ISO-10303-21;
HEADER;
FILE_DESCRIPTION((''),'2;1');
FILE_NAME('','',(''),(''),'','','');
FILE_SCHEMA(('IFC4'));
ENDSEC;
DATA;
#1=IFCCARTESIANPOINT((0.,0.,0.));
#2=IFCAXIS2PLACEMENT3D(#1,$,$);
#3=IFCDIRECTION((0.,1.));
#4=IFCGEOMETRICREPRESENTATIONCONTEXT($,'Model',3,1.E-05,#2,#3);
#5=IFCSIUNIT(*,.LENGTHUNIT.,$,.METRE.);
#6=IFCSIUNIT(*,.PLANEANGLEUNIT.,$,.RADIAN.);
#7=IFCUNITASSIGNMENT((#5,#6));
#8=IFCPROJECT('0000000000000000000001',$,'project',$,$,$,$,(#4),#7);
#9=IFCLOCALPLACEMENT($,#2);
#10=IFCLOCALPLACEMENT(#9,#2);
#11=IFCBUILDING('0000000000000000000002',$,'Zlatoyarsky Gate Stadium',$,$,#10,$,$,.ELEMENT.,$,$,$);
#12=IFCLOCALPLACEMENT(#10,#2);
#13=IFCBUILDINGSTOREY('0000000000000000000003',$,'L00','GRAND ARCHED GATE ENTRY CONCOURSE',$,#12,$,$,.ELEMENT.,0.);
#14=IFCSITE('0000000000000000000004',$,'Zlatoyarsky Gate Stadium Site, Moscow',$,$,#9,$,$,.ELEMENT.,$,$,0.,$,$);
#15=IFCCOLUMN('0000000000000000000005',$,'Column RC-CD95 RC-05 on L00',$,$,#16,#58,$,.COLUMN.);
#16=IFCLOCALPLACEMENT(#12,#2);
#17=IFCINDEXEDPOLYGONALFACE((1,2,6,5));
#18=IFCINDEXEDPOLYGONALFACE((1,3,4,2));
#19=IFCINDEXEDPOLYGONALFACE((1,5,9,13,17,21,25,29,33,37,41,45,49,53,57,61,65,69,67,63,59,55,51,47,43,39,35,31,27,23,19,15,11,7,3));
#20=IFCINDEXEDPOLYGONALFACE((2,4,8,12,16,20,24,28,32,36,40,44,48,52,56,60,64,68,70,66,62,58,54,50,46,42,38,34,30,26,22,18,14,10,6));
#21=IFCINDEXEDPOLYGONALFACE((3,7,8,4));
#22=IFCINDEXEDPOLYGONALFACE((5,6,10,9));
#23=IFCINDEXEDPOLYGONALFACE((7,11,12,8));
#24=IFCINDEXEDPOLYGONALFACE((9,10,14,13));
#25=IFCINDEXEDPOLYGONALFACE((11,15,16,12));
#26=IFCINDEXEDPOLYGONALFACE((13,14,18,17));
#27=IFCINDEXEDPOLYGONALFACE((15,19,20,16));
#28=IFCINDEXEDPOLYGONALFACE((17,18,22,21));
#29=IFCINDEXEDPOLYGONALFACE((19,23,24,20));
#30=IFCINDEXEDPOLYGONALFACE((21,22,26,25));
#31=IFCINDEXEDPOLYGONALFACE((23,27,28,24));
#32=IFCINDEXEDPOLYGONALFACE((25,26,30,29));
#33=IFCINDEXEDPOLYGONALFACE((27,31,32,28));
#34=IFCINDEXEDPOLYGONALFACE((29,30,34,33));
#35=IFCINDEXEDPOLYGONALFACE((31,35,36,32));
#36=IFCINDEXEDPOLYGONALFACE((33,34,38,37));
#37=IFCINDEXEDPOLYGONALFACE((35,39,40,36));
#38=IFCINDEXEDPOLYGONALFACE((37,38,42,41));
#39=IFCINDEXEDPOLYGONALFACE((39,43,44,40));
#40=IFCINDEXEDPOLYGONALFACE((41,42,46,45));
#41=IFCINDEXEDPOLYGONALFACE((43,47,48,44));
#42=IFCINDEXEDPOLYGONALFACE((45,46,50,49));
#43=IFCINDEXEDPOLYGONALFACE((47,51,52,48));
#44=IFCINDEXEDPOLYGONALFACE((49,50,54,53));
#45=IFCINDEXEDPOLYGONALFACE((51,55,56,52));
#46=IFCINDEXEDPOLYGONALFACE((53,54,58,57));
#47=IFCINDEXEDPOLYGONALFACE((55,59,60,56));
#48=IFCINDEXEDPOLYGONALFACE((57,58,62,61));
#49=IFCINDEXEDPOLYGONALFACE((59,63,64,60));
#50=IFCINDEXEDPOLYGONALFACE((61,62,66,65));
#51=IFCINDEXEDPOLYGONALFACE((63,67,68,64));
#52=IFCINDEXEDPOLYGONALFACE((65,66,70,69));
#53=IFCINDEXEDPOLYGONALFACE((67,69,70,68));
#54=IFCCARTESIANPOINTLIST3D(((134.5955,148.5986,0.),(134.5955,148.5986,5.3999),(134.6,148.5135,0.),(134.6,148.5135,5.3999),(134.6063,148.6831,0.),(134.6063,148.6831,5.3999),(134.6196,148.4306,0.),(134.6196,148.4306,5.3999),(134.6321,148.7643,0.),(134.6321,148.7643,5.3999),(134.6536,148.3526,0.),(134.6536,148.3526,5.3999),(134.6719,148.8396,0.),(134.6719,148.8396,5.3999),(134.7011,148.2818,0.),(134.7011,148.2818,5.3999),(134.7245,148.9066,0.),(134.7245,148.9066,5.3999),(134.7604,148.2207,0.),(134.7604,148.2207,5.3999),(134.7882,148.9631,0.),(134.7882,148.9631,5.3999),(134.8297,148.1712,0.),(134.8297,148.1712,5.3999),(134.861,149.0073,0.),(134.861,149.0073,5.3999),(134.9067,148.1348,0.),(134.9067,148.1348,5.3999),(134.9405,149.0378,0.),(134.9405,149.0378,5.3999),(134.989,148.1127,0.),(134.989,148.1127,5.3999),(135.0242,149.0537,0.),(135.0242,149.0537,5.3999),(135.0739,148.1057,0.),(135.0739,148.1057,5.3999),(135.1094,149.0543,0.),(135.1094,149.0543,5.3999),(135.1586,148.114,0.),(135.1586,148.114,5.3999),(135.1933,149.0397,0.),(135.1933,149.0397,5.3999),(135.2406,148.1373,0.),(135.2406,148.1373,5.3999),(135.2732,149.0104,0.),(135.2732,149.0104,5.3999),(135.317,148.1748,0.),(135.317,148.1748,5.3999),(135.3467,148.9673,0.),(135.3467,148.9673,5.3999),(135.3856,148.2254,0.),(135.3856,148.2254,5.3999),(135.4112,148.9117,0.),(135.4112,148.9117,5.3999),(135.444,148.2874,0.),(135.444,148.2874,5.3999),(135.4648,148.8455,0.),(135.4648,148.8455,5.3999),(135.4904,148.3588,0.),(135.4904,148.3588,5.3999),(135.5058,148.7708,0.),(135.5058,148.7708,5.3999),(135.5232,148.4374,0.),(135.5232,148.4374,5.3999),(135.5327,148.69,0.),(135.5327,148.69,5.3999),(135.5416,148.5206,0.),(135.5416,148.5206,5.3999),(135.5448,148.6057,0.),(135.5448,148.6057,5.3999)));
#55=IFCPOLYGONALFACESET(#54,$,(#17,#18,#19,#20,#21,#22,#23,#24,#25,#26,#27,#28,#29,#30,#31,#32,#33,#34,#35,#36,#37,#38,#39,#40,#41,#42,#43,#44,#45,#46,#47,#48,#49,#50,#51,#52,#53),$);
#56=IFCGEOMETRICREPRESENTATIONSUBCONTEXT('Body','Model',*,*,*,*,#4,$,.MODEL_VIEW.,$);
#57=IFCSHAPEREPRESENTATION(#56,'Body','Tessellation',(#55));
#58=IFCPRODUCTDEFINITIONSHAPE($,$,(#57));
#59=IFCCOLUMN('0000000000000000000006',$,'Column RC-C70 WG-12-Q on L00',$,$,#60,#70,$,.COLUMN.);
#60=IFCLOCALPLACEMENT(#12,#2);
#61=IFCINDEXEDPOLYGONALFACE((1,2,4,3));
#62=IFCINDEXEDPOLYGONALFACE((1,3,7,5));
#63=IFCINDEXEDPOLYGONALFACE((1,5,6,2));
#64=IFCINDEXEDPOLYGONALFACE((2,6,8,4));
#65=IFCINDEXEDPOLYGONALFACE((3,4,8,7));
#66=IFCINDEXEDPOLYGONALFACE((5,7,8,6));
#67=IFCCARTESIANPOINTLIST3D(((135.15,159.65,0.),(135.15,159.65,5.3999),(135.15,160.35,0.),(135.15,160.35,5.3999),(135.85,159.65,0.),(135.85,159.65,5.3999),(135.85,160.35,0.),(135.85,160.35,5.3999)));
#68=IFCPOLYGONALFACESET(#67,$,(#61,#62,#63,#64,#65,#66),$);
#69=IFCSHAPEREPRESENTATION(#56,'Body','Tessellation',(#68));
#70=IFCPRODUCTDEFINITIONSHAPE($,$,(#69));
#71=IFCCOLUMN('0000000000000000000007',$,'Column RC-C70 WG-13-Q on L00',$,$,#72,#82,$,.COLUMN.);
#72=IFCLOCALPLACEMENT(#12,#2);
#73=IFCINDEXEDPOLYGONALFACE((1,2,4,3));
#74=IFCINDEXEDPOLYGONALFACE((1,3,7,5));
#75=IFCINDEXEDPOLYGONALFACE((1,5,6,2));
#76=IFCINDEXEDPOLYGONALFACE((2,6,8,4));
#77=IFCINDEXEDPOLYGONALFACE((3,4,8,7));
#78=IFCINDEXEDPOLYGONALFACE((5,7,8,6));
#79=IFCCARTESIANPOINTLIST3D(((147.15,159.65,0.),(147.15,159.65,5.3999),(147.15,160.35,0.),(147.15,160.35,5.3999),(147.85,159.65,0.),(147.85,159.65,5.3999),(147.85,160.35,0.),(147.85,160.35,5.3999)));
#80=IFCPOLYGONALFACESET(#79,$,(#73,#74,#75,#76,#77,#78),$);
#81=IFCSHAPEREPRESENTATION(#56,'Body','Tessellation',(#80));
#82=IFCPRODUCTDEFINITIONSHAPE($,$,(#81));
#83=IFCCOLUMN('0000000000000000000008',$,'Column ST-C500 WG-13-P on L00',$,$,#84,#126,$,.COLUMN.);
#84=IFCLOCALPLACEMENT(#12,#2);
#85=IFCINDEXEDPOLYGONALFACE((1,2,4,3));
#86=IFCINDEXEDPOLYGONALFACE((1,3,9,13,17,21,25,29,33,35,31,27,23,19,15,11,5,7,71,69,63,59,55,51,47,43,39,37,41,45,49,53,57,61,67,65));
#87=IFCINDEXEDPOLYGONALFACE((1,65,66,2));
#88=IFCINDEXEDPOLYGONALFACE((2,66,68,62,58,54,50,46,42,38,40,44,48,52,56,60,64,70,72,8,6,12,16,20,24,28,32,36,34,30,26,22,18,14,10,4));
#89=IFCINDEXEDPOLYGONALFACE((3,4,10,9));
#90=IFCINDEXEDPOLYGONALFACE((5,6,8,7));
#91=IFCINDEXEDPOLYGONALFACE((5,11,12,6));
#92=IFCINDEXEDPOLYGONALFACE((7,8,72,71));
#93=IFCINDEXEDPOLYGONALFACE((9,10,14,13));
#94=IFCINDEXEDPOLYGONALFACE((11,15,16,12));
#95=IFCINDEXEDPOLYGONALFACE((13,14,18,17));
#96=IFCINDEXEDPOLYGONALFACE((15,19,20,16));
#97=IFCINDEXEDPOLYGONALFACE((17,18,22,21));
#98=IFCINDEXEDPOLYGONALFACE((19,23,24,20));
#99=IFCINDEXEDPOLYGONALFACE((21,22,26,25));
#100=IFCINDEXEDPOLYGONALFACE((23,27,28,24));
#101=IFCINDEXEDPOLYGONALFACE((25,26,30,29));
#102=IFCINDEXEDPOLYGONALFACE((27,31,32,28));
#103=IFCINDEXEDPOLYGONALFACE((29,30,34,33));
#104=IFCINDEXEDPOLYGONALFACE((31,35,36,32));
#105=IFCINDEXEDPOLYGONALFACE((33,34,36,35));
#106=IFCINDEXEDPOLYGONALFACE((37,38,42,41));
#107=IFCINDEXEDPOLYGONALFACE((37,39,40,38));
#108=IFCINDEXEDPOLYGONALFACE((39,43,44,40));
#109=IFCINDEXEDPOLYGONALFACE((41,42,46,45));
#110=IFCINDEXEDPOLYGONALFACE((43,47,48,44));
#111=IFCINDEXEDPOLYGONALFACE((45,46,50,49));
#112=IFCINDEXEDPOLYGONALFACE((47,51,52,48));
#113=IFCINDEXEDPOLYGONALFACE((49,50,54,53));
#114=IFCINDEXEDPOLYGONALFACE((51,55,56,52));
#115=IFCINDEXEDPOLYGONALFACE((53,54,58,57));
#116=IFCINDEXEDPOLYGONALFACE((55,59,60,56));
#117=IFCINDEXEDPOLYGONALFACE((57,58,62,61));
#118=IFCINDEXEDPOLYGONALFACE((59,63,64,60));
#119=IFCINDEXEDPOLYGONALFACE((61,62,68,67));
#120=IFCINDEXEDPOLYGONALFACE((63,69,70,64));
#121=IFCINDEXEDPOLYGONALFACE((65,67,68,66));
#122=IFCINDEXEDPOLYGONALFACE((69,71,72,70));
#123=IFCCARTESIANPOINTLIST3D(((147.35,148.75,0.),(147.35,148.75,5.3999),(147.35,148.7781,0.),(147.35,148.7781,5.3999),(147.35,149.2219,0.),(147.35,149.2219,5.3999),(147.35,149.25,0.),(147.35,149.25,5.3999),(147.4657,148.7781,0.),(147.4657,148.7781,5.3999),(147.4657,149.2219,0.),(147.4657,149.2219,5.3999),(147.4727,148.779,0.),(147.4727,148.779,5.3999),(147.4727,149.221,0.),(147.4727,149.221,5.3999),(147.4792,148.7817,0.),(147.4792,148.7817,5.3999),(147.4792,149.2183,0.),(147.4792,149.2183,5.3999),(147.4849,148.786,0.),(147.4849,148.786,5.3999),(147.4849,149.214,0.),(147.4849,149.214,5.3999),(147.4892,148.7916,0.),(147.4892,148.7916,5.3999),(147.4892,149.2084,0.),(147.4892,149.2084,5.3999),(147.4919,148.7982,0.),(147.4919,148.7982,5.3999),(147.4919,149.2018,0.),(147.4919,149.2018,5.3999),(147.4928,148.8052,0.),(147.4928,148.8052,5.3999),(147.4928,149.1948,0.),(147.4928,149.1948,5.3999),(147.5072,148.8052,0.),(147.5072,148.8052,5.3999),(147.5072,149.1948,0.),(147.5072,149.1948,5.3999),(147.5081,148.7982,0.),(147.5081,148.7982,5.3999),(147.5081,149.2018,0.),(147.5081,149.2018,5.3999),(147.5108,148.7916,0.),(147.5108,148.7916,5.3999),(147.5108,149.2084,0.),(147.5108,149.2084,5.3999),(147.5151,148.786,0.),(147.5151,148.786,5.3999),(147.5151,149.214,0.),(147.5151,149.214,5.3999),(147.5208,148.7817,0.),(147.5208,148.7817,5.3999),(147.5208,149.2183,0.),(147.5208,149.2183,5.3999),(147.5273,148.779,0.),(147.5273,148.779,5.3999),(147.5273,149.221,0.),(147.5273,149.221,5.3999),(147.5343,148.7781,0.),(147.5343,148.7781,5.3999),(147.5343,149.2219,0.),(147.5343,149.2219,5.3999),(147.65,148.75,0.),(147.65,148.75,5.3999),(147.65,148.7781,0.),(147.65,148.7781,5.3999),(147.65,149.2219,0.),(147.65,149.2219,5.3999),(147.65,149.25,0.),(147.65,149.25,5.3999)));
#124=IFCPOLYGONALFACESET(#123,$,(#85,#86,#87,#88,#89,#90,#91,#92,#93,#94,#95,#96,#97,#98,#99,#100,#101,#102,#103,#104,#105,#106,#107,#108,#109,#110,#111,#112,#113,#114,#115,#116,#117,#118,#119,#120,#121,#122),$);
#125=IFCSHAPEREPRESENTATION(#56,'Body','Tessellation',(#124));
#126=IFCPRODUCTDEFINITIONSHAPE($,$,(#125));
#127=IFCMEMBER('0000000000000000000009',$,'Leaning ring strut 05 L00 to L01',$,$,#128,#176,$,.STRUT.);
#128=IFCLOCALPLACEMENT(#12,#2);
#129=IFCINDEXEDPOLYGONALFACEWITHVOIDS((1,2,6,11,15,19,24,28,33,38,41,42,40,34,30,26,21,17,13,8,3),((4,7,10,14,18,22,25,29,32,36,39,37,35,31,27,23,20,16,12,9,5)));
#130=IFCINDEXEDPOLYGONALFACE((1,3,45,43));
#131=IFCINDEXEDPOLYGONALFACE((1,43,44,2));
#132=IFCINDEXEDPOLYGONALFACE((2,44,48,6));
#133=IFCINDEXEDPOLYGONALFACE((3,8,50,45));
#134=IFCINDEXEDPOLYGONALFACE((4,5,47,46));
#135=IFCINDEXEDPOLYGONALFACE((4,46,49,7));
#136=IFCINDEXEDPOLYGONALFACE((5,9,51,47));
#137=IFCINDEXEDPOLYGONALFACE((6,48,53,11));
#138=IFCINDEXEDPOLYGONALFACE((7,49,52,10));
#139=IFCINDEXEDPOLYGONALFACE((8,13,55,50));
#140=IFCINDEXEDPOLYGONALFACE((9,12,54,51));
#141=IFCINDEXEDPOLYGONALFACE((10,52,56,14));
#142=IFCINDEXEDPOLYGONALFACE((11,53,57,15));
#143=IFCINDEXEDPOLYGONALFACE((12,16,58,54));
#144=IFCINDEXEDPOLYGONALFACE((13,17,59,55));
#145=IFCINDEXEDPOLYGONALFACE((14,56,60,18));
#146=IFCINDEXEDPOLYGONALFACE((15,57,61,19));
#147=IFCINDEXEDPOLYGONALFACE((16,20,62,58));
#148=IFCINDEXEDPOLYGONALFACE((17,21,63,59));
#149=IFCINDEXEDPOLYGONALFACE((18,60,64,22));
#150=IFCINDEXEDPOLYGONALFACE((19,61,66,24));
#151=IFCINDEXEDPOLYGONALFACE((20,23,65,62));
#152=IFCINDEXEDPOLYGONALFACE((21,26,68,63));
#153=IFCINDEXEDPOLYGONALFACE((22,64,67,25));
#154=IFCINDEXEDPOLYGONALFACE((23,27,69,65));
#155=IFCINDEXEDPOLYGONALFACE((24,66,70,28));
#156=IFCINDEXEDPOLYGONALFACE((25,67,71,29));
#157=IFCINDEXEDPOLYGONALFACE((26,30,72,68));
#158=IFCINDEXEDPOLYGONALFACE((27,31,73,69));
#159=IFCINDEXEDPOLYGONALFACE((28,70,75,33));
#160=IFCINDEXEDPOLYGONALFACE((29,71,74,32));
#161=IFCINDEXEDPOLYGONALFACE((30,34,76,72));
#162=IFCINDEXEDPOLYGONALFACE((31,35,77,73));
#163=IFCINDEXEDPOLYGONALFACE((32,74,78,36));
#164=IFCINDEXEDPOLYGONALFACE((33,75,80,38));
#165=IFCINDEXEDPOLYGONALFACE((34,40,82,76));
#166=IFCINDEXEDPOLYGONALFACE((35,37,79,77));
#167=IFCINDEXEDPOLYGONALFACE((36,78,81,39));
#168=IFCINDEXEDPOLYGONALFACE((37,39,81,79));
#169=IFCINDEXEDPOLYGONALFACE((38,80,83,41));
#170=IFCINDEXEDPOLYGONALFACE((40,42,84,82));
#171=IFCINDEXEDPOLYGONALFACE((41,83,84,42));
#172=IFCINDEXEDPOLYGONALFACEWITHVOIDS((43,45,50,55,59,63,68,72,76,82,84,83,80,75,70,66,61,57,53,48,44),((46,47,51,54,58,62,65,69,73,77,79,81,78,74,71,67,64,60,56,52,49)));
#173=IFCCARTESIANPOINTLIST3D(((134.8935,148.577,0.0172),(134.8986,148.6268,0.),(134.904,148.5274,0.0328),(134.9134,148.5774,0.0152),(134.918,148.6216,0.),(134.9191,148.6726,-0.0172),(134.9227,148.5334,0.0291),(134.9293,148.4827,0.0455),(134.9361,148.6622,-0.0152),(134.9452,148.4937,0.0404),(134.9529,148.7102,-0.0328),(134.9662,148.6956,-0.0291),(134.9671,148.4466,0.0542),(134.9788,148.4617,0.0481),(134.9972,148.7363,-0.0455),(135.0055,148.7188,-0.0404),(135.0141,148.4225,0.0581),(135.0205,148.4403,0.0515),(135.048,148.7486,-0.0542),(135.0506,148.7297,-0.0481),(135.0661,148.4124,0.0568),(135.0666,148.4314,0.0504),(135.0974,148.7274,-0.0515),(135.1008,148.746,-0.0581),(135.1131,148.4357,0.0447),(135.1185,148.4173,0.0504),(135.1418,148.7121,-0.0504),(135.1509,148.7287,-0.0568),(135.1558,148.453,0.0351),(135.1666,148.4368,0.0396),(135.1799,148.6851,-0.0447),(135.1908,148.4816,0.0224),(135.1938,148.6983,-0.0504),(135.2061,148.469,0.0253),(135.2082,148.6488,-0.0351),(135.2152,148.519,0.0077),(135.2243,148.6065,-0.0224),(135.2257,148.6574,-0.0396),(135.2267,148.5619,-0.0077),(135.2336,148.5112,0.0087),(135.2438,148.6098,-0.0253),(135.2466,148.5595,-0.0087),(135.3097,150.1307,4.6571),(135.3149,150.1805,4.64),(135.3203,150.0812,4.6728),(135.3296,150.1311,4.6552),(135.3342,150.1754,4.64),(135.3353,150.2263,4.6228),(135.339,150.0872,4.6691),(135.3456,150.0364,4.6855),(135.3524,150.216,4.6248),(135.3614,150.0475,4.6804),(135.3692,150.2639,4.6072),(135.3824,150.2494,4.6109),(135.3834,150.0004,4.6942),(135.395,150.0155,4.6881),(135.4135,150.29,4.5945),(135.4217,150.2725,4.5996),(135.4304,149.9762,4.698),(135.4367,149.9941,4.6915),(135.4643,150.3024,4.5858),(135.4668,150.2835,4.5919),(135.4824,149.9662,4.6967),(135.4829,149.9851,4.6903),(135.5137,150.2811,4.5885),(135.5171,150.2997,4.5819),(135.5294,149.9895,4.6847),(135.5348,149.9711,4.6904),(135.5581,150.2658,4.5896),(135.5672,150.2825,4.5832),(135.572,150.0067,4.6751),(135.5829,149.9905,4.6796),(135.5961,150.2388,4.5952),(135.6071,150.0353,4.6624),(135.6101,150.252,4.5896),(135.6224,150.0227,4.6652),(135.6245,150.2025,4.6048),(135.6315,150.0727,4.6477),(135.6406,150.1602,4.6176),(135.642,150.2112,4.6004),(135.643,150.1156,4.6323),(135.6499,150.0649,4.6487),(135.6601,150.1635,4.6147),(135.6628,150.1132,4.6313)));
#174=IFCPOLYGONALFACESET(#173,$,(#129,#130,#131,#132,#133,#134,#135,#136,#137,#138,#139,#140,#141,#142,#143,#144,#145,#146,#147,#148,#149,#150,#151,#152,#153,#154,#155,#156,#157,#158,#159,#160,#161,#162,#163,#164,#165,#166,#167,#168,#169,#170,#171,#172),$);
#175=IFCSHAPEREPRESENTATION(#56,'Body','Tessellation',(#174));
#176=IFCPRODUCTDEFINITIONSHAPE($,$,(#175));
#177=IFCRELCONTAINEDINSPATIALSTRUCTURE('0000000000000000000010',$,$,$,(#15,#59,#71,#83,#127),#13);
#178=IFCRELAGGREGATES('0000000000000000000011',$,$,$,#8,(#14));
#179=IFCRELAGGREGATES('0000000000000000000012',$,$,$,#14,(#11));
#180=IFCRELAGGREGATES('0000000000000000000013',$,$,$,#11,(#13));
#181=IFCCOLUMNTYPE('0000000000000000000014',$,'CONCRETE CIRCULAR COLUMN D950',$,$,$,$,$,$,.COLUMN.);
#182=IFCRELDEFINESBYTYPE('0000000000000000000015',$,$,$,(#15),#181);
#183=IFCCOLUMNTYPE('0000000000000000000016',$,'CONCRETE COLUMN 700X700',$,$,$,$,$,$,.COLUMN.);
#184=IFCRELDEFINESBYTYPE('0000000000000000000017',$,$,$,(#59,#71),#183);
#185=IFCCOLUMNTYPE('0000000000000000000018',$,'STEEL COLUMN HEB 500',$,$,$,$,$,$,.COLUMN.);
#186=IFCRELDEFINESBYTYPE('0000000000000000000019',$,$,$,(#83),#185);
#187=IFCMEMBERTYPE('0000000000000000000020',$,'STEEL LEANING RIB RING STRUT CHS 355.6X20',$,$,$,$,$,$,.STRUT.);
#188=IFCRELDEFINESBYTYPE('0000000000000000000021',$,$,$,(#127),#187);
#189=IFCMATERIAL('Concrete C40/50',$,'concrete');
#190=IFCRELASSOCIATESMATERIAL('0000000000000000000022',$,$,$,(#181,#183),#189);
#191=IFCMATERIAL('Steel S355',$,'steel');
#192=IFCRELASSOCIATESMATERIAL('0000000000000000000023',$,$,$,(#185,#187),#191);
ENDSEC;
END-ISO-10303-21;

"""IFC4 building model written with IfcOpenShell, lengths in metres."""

from ifc_helpers import new_model, si_unit, direction, frame, origin, origin_2d, place, context, subcontext, project, spatial, rectangle, circle, hollow_circle, i_section, extrude, material, material_profile, profile_set, type_object, element, save


model = new_model("IFC4")

# Units and contexts
model_context = context("Model", 3, precision=1e-05, world=origin(), true_north=direction((0.0, 1.0)))
body_context = subcontext(model_context, "Body", "Model", "MODEL_VIEW")
ifc_project = project(units=[si_unit("LENGTHUNIT", "METRE"), si_unit("PLANEANGLEUNIT", "RADIAN")], contexts=[model_context])

# Site, building, storey
site_placement = place(None, origin())
site = spatial("IfcSite", under=ifc_project, at=site_placement, Name="Zlatoyarsky Gate Stadium Site, Moscow", CompositionType="ELEMENT", RefElevation=0.0)
building_placement = place(site_placement, origin())
building = spatial("IfcBuilding", under=site, at=building_placement, Name="Zlatoyarsky Gate Stadium", CompositionType="ELEMENT")
storey_placement = place(building_placement, origin())
storey = spatial("IfcBuildingStorey", under=building, at=storey_placement, Name="L00", Description="GRAND ARCHED GATE ENTRY CONCOURSE", CompositionType="ELEMENT", Elevation=0.0)

# Columns
ifc_material_1 = material(Name="Concrete C40/50", Category="concrete")
ifc_material_profile_1 = material_profile(ifc_material_1, circle(Radius=0.4751, at=origin_2d()), Name="RC COL D950")
ifc_profile_set_1 = profile_set([ifc_material_profile_1], Name="Concrete C40/50")
column_type_1 = type_object("IfcColumnType", Name="CONCRETE CIRCULAR COLUMN D950", PredefinedType="COLUMN", material=ifc_profile_set_1)
column_1_placement = place(storey_placement, frame((135.0703, 148.5808, 0.0), z_axis=(0.0, 0.0, 1.0), x_axis=(0.258819, 0.965926, 0.0)))
element("IfcColumn", 1, at=column_1_placement, inside=storey, type_object=column_type_1, Name="Column RC-CD95 RC-05 on L00", PredefinedType="COLUMN", context=body_context, shape_type="SweptSolid", body=[
    extrude(circle(Radius=0.4751, at=origin_2d()), origin(), (0.0, 0.0, 1.0), 5.3999),
])
ifc_material_profile_2 = material_profile(ifc_material_1, rectangle(XDim=0.7, YDim=0.7, at=origin_2d()), Name="RC COL 700X700")
ifc_profile_set_2 = profile_set([ifc_material_profile_2], Name="Concrete C40/50")
column_type_2 = type_object("IfcColumnType", Name="CONCRETE COLUMN 700X700", PredefinedType="COLUMN", material=ifc_profile_set_2)
for number, where, z_axis, x_axis, name in (
    (2, (135.5, 160.0, 0.0), (0.0, 0.0, 1.0), (1.0, 0.0, 0.0), "Column RC-C70 WG-12-Q on L00"),
    (3, (147.5, 160.0, 0.0), (0.0, 0.0, 1.0), (1.0, 0.0, 0.0), "Column RC-C70 WG-13-Q on L00"),
):
    element("IfcColumn", number, at=place(storey_placement, frame(where, z_axis=z_axis, x_axis=x_axis)), inside=storey, type_object=column_type_2, Name=name, PredefinedType="COLUMN", context=body_context, shape_type="SweptSolid", body=[
        extrude(rectangle(XDim=0.7, YDim=0.7, at=origin_2d()), origin(), (0.0, 0.0, 1.0), 5.3999),
    ])
ifc_material_2 = material(Name="Steel S355", Category="steel")
ifc_material_profile_3 = material_profile(ifc_material_2, i_section(OverallWidth=0.3, OverallDepth=0.5, WebThickness=0.0144, FlangeThickness=0.0281, FilletRadius=0.0271, at=origin_2d()), Name="HEB 500")
ifc_profile_set_3 = profile_set([ifc_material_profile_3], Name="Steel S355")
column_type_3 = type_object("IfcColumnType", Name="STEEL COLUMN HEB 500", PredefinedType="COLUMN", material=ifc_profile_set_3)
column_2_placement = place(storey_placement, frame((147.5, 149.0, 0.0), z_axis=(0.0, 0.0, 1.0), x_axis=(1.0, 0.0, 0.0)))
element("IfcColumn", 4, at=column_2_placement, inside=storey, type_object=column_type_3, Name="Column ST-C500 WG-13-P on L00", PredefinedType="COLUMN", context=body_context, shape_type="SweptSolid", body=[
    extrude(i_section(OverallWidth=0.3, OverallDepth=0.5, WebThickness=0.0144, FlangeThickness=0.0281, FilletRadius=0.0271, at=origin_2d()), origin(), (0.0, 0.0, 1.0), 5.3999),
])

# Member
ifc_material_profile_4 = material_profile(ifc_material_2, hollow_circle(Radius=0.1777, WallThickness=0.02, at=origin_2d()), Name="CHS 355.6X20")
ifc_profile_set_4 = profile_set([ifc_material_profile_4], Name="Steel S355")
member_type = type_object("IfcMemberType", Name="STEEL LEANING RIB RING STRUT CHS 355.6X20", PredefinedType="STRUT", material=ifc_profile_set_4)
member_placement = place(storey_placement, frame((135.0703, 148.5808, 0.0), z_axis=(0.084764, 0.316387, 0.944836), x_axis=(-0.965935, 0.258787, 0.0)))
element("IfcMember", 5, at=member_placement, inside=storey, type_object=member_type, Name="Leaning ring strut 05 L00 to L01", PredefinedType="STRUT", context=body_context, shape_type="SweptSolid", body=[
    extrude(hollow_circle(Radius=0.1777, WallThickness=0.02, at=origin_2d()), origin(), (0.0, 0.0, 1.0), 4.9109),
])

save(model, "model.ifc")
